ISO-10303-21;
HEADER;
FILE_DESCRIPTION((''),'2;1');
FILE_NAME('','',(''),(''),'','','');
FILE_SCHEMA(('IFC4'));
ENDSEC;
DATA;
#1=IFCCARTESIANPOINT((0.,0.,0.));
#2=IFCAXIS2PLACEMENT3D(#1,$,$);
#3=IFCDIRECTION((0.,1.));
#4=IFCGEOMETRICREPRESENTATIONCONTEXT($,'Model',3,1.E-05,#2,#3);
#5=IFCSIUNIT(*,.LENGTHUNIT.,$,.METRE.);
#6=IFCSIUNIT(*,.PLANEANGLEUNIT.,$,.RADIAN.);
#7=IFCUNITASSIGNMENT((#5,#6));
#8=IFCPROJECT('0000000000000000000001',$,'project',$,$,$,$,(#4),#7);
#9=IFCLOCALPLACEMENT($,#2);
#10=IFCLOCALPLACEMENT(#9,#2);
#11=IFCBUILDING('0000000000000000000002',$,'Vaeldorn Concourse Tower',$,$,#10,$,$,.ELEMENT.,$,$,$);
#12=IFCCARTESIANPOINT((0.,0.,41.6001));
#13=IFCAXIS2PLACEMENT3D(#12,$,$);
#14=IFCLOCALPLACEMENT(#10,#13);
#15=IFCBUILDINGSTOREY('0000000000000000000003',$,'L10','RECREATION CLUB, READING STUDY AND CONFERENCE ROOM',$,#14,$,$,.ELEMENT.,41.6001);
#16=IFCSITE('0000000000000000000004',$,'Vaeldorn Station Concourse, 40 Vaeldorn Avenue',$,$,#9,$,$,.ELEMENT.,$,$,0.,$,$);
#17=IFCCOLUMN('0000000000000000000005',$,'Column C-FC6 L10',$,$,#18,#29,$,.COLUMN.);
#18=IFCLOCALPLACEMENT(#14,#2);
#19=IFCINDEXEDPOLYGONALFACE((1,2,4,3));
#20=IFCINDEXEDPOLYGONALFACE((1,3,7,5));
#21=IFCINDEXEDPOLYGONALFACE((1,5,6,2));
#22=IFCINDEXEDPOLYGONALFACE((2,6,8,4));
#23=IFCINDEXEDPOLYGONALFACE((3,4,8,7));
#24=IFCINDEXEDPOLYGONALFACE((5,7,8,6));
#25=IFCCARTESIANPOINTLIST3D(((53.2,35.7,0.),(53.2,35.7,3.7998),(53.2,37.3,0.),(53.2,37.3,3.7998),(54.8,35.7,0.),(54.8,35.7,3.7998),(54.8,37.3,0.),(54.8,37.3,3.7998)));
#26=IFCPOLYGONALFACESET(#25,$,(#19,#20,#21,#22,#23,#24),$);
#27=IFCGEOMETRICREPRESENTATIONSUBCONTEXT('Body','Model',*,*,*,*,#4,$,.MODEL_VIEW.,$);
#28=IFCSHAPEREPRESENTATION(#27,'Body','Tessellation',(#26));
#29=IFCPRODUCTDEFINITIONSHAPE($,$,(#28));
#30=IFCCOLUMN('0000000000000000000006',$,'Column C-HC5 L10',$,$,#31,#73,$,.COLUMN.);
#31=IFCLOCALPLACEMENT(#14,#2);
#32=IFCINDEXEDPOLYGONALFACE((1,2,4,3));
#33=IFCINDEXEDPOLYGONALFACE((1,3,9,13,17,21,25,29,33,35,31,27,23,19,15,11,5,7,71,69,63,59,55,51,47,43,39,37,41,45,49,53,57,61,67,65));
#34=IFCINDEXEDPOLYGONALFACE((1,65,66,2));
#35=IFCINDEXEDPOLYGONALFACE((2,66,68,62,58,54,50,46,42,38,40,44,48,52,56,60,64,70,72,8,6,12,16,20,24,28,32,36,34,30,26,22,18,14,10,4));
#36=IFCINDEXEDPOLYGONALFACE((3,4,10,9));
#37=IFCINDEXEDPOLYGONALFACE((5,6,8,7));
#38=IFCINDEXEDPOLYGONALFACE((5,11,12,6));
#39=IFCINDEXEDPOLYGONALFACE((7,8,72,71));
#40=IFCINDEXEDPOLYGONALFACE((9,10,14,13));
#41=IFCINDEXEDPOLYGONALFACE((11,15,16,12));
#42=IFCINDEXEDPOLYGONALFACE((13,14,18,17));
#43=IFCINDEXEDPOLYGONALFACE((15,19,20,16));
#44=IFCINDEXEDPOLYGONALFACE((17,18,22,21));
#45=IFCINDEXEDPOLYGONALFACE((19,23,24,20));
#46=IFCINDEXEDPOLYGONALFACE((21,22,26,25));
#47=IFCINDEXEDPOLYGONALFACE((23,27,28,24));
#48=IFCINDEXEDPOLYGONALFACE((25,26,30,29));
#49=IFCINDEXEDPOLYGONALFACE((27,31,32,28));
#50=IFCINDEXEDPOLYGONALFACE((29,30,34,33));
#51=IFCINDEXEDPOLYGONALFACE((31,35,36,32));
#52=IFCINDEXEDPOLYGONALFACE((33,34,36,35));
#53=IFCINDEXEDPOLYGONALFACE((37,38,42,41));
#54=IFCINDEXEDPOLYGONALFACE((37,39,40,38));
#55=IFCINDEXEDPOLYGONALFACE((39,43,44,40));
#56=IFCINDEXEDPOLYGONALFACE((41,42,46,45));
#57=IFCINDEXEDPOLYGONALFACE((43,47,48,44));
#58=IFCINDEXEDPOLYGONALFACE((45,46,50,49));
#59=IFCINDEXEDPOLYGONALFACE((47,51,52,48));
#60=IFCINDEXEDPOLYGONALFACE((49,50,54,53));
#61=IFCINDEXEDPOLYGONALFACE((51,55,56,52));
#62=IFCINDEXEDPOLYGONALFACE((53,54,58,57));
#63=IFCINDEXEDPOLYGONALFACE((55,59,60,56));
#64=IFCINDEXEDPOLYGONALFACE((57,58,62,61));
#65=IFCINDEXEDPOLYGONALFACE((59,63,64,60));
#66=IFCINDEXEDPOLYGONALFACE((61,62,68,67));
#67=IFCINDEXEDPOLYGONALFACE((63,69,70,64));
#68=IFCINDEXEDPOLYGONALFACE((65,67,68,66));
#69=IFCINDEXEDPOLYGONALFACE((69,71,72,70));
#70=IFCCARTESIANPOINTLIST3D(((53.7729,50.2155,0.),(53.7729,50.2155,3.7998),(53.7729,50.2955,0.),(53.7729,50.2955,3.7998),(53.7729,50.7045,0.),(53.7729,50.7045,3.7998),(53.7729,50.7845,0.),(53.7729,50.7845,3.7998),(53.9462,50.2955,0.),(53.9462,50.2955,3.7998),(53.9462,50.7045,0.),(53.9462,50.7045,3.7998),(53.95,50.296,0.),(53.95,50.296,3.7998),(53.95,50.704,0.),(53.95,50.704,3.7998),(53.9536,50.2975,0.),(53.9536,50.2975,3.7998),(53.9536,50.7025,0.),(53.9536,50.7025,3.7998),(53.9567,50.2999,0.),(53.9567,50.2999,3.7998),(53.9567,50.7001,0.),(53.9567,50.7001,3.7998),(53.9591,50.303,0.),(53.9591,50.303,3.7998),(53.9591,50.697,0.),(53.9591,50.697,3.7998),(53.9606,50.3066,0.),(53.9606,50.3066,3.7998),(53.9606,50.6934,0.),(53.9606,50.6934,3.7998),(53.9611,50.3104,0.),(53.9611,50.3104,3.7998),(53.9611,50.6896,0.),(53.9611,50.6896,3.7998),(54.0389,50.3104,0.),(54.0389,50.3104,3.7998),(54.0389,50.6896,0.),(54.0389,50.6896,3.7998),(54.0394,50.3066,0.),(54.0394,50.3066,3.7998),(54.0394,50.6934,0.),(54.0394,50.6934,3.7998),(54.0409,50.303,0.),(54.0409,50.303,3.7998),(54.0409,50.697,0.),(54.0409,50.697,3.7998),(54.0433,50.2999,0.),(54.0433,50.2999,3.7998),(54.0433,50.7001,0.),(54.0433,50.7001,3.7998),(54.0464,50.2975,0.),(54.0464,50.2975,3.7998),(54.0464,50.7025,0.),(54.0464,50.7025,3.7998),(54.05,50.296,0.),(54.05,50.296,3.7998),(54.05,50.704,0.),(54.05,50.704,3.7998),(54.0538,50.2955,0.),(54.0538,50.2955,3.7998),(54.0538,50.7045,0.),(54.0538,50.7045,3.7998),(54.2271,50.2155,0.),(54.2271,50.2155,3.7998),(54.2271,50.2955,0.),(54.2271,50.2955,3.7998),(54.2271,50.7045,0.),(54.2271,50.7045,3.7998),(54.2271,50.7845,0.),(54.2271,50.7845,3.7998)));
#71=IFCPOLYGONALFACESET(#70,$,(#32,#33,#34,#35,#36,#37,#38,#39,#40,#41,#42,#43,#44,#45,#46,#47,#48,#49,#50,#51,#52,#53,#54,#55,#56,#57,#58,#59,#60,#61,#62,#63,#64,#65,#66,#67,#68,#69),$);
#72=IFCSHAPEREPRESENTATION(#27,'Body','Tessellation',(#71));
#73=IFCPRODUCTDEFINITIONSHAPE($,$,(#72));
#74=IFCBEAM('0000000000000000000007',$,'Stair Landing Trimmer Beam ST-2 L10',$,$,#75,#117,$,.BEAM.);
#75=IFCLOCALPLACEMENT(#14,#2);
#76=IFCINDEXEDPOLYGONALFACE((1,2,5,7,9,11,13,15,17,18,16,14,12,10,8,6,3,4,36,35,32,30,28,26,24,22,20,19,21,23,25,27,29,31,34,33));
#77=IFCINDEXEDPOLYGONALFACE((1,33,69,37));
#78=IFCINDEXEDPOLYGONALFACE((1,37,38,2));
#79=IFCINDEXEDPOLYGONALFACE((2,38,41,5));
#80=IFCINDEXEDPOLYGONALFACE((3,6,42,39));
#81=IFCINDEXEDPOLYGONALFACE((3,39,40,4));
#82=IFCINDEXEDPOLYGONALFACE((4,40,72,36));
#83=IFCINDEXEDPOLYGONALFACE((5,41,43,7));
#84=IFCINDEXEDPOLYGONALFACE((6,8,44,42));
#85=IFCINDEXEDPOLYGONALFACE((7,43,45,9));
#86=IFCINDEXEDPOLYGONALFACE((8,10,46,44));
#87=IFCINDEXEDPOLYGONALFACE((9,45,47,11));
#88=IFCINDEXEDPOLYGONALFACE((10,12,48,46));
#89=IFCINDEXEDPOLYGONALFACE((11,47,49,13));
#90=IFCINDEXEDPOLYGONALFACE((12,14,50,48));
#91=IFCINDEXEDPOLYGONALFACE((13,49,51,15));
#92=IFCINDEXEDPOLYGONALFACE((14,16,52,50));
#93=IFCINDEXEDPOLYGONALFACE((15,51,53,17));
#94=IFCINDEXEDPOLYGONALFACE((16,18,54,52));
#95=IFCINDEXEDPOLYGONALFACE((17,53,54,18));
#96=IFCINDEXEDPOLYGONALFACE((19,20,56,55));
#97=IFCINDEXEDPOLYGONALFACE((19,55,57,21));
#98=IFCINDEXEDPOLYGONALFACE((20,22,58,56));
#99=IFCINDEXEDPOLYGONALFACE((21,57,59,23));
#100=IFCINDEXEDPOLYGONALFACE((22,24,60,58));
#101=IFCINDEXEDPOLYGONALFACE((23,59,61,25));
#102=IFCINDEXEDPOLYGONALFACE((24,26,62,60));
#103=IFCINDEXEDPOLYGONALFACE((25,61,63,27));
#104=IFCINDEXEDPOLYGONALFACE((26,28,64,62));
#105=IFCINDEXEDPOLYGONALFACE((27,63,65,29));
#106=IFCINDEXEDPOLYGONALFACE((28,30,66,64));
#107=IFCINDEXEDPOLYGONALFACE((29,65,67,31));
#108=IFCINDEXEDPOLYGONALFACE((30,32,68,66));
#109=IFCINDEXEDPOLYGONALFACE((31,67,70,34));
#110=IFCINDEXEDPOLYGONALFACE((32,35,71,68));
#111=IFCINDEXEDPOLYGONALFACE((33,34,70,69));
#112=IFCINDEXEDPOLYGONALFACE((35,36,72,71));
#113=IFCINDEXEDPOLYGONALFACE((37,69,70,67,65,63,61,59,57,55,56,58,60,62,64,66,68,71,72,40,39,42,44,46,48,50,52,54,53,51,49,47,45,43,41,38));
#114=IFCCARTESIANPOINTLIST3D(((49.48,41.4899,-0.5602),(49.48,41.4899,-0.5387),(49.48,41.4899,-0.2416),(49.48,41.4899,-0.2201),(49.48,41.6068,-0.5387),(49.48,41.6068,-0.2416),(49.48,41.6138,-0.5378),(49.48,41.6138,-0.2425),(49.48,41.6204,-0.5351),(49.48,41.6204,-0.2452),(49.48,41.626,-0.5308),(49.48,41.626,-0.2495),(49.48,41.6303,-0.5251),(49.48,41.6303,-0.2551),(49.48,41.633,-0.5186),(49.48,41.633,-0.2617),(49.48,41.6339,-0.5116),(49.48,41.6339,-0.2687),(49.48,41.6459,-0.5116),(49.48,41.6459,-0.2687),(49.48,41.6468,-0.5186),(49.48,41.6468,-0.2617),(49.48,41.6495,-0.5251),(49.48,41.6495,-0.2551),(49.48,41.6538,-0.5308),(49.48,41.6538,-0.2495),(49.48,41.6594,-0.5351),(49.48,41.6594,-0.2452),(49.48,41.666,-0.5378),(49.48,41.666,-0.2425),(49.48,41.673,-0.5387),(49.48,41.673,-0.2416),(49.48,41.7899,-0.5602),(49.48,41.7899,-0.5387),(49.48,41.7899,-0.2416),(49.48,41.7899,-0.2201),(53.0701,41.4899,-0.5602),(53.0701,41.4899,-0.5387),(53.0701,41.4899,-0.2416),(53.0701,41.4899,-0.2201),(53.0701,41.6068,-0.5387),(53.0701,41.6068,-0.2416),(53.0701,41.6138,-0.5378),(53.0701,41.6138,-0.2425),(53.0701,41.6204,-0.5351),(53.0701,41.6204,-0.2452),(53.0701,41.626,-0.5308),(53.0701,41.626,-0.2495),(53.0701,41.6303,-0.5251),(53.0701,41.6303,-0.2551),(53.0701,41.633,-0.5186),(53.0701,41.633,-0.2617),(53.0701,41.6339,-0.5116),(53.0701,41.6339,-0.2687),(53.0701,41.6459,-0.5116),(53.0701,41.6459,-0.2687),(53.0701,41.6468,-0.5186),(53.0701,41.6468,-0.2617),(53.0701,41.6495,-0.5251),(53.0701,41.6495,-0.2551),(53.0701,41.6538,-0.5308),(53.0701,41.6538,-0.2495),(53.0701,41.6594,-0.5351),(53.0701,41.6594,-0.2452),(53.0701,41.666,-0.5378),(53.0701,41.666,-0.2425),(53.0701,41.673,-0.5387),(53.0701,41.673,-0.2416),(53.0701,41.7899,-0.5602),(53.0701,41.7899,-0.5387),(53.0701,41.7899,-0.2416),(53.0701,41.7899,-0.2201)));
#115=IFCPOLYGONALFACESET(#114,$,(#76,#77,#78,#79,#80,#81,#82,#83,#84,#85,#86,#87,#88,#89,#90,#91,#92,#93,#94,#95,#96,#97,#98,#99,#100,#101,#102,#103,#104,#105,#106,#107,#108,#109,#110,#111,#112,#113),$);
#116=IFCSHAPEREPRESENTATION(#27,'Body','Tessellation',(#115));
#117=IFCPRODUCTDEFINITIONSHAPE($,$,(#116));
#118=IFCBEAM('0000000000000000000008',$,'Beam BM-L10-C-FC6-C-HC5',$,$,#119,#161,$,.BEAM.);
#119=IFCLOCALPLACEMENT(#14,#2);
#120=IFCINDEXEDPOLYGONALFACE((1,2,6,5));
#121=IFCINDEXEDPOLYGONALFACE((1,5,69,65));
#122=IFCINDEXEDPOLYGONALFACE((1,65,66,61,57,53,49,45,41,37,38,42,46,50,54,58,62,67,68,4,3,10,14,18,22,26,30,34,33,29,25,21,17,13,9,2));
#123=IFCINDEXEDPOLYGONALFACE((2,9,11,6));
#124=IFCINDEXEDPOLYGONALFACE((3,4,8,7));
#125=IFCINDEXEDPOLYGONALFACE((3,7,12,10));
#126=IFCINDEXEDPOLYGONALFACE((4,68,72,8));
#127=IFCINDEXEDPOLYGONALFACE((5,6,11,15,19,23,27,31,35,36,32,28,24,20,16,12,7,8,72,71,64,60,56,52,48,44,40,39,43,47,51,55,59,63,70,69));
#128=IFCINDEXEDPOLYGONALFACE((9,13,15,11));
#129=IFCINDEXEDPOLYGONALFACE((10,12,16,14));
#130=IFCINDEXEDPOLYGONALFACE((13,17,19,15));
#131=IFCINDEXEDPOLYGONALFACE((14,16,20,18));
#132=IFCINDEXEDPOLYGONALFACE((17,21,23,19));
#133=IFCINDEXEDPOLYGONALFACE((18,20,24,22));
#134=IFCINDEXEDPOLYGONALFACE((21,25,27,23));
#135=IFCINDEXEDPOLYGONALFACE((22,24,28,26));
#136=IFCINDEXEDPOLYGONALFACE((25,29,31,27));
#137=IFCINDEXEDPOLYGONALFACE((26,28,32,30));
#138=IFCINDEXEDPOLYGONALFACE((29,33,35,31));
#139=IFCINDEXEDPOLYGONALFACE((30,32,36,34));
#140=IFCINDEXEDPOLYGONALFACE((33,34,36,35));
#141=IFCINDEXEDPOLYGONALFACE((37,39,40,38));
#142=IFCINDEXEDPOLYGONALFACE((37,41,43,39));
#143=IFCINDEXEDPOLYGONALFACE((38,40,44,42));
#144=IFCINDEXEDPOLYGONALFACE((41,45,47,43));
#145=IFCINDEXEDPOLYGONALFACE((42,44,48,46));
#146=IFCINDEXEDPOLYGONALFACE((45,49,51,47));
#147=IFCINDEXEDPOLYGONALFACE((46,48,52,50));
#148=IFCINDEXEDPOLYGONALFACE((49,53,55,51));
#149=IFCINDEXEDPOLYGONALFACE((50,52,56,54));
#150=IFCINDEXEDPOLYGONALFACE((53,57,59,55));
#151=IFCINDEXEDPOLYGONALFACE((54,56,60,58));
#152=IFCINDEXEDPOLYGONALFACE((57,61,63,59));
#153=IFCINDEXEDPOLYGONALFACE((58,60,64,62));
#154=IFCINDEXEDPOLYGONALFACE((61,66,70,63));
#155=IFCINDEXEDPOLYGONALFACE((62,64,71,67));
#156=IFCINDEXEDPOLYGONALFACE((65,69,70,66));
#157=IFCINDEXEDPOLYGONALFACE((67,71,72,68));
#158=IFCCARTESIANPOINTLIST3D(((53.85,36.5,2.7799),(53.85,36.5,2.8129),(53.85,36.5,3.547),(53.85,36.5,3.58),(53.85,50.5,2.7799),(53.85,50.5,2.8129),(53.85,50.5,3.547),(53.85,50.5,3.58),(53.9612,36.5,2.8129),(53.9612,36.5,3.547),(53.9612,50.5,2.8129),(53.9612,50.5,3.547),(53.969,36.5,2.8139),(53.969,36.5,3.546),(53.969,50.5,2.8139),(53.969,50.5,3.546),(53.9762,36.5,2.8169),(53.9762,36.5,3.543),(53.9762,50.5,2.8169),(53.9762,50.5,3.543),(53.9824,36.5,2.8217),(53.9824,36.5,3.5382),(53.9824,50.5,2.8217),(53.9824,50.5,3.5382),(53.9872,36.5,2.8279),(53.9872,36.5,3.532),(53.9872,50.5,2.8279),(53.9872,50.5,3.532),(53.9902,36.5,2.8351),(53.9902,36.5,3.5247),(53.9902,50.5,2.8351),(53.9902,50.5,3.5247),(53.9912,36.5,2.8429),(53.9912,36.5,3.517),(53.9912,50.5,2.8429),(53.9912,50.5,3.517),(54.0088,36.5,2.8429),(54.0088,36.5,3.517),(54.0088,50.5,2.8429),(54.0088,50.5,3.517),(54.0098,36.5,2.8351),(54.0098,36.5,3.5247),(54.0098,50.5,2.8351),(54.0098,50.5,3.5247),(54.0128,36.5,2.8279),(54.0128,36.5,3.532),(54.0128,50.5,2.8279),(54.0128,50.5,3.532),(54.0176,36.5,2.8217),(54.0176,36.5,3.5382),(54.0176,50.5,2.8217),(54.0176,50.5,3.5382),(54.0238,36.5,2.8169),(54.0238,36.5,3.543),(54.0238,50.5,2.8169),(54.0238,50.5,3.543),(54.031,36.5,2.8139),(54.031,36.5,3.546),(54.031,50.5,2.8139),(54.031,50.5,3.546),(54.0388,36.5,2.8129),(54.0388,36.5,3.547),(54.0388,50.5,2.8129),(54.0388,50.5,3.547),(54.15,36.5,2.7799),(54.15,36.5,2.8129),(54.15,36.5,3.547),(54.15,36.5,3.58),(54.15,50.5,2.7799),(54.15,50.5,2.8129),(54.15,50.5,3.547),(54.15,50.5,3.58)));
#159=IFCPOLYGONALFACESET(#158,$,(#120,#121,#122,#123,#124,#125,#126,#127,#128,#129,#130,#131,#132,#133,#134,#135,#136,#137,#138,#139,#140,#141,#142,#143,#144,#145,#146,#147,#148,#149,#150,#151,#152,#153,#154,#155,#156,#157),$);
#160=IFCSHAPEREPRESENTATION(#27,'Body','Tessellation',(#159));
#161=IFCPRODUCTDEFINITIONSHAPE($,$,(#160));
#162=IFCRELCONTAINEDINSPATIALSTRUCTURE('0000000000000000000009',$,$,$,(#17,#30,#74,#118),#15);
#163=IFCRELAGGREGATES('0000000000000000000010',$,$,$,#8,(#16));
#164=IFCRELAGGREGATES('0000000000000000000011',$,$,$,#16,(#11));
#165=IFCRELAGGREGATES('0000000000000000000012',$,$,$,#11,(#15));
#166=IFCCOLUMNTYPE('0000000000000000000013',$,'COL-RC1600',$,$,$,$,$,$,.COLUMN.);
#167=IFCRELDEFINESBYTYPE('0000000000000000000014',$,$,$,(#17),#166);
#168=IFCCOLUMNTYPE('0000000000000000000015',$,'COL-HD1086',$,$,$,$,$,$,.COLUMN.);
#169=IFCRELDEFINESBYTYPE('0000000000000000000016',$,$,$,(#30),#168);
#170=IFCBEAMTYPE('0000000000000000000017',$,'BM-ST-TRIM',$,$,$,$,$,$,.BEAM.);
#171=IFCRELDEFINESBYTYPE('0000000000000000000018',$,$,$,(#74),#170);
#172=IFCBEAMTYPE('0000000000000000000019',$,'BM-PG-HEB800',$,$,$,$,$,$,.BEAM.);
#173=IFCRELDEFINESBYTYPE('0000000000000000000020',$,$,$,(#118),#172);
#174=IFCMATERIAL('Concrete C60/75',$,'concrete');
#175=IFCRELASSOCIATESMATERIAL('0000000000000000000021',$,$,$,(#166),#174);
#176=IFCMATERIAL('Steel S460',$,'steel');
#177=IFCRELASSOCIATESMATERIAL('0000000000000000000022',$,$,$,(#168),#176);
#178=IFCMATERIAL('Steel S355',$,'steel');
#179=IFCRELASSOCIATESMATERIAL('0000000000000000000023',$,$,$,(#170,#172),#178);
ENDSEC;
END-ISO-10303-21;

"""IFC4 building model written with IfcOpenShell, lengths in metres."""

from ifc_helpers import new_model, si_unit, direction, frame, origin, origin_2d, place, context, subcontext, project, spatial, rectangle, i_section, extrude, source, transform, mapped, material, material_profile, profile_set, type_object, element, save


model = new_model("IFC4")

# Units and contexts
model_context = context("Model", 3, precision=1e-05, world=origin(), true_north=direction((0.0, 1.0)))
body_context = subcontext(model_context, "Body", "Model", "MODEL_VIEW")
ifc_project = project(units=[si_unit("LENGTHUNIT", "METRE"), si_unit("PLANEANGLEUNIT", "RADIAN")], contexts=[model_context])

# Site, building, storey
site_placement = place(None, origin())
site = spatial("IfcSite", under=ifc_project, at=site_placement, Name="Vaeldorn Station Concourse, 40 Vaeldorn Avenue", CompositionType="ELEMENT", RefElevation=0.0)
building_placement = place(site_placement, origin())
building = spatial("IfcBuilding", under=site, at=building_placement, Name="Vaeldorn Concourse Tower", CompositionType="ELEMENT")
storey_placement = place(building_placement, frame((0.0, 0.0, 41.6001)))
storey = spatial("IfcBuildingStorey", under=building, at=storey_placement, Name="L10", Description="RECREATION CLUB, READING STUDY AND CONFERENCE ROOM", CompositionType="ELEMENT", Elevation=41.6001)

# Columns
ifc_material_1 = material(Name="Concrete C60/75", Category="concrete")
ifc_material_profile_1 = material_profile(ifc_material_1, rectangle(XDim=1.6001, YDim=1.6001, at=origin_2d()), Name="RC 1600x1600")
ifc_profile_set_1 = profile_set([ifc_material_profile_1], Name="Concrete C60/75")
column_type_1 = type_object("IfcColumnType", Name="COL-RC1600", PredefinedType="COLUMN", material=ifc_profile_set_1)
shared_shape_1 = source(origin(), body_context, "Body", "SweptSolid", [
    extrude(rectangle(XDim=1.6001, YDim=1.6001, at=origin_2d()), origin(), (0.0, 0.0, 1.0), 3.7998),
])
column_1_placement = place(storey_placement, frame((54.0, 36.5, 0.0), z_axis=(0.0, 0.0, 1.0), x_axis=(1.0, 0.0, 0.0)))
element("IfcColumn", 1, at=column_1_placement, inside=storey, type_object=column_type_1, Name="Column C-FC6 L10", PredefinedType="COLUMN", context=body_context, shape_type="MappedRepresentation", body=[
    mapped(shared_shape_1, transform((0.0, 0.0, 0.0), scale=1.0)),
])
ifc_material_2 = material(Name="Steel S460", Category="steel")
ifc_material_profile_2 = material_profile(ifc_material_2, i_section(OverallWidth=0.4541, OverallDepth=0.5691, WebThickness=0.0779, FlangeThickness=0.0801, FilletRadius=0.0149, at=origin_2d()), Name="HD 400x1086")
ifc_profile_set_2 = profile_set([ifc_material_profile_2], Name="Steel S460")
column_type_2 = type_object("IfcColumnType", Name="COL-HD1086", PredefinedType="COLUMN", material=ifc_profile_set_2)
shared_shape_2 = source(origin(), body_context, "Body", "SweptSolid", [
    extrude(i_section(OverallWidth=0.4541, OverallDepth=0.5691, WebThickness=0.0779, FlangeThickness=0.0801, FilletRadius=0.0149, at=origin_2d()), origin(), (0.0, 0.0, 1.0), 3.7998),
])
column_2_placement = place(storey_placement, frame((54.0, 50.5, 0.0), z_axis=(0.0, 0.0, 1.0), x_axis=(1.0, 0.0, 0.0)))
element("IfcColumn", 2, at=column_2_placement, inside=storey, type_object=column_type_2, Name="Column C-HC5 L10", PredefinedType="COLUMN", context=body_context, shape_type="MappedRepresentation", body=[
    mapped(shared_shape_2, transform((0.0, 0.0, 0.0), scale=1.0)),
])

# Beams
ifc_material_3 = material(Name="Steel S355", Category="steel")
ifc_material_profile_3 = material_profile(ifc_material_3, i_section(OverallWidth=0.3, OverallDepth=0.3401, WebThickness=0.012, FlangeThickness=0.0215, FilletRadius=0.0271, at=origin_2d()), Name="HEB 340")
ifc_profile_set_3 = profile_set([ifc_material_profile_3], Name="Steel S355")
beam_type_1 = type_object("IfcBeamType", Name="BM-ST-TRIM", PredefinedType="BEAM", material=ifc_profile_set_3)
shared_shape_3 = source(origin(), body_context, "Body", "SweptSolid", [
    extrude(i_section(OverallWidth=0.3, OverallDepth=0.3401, WebThickness=0.012, FlangeThickness=0.0215, FilletRadius=0.0271, at=origin_2d()), origin(), (0.0, 0.0, 1.0), 3.5901),
])
beam_1_placement = place(storey_placement, frame((49.48, 41.6399, -0.3901), z_axis=(1.0, 0.0, 0.0), x_axis=(0.0, 1.0, 0.0)))
element("IfcBeam", 3, at=beam_1_placement, inside=storey, type_object=beam_type_1, Name="Stair Landing Trimmer Beam ST-2 L10", PredefinedType="BEAM", context=body_context, shape_type="MappedRepresentation", body=[
    mapped(shared_shape_3, transform((0.0, 0.0, 0.0), scale=1.0)),
])
ifc_material_profile_4 = material_profile(ifc_material_3, i_section(OverallWidth=0.3, OverallDepth=0.8, WebThickness=0.0176, FlangeThickness=0.033, FilletRadius=0.03, at=origin_2d()), Name="HEB 800")
ifc_profile_set_4 = profile_set([ifc_material_profile_4], Name="Steel S355")
beam_type_2 = type_object("IfcBeamType", Name="BM-PG-HEB800", PredefinedType="BEAM", material=ifc_profile_set_4)
shared_shape_4 = source(origin(), body_context, "Body", "SweptSolid", [
    extrude(i_section(OverallWidth=0.3, OverallDepth=0.8, WebThickness=0.0176, FlangeThickness=0.033, FilletRadius=0.03, at=origin_2d()), origin(), (0.0, 0.0, 1.0), 14.0),
])
beam_2_placement = place(storey_placement, frame((54.0, 36.5, 3.1799), z_axis=(0.0, 1.0, 0.0), x_axis=(-1.0, 0.0, 0.0)))
element("IfcBeam", 4, at=beam_2_placement, inside=storey, type_object=beam_type_2, Name="Beam BM-L10-C-FC6-C-HC5", PredefinedType="BEAM", context=body_context, shape_type="MappedRepresentation", body=[
    mapped(shared_shape_4, transform((0.0, 0.0, 0.0), scale=1.0)),
])

save(model, "model.ifc")
